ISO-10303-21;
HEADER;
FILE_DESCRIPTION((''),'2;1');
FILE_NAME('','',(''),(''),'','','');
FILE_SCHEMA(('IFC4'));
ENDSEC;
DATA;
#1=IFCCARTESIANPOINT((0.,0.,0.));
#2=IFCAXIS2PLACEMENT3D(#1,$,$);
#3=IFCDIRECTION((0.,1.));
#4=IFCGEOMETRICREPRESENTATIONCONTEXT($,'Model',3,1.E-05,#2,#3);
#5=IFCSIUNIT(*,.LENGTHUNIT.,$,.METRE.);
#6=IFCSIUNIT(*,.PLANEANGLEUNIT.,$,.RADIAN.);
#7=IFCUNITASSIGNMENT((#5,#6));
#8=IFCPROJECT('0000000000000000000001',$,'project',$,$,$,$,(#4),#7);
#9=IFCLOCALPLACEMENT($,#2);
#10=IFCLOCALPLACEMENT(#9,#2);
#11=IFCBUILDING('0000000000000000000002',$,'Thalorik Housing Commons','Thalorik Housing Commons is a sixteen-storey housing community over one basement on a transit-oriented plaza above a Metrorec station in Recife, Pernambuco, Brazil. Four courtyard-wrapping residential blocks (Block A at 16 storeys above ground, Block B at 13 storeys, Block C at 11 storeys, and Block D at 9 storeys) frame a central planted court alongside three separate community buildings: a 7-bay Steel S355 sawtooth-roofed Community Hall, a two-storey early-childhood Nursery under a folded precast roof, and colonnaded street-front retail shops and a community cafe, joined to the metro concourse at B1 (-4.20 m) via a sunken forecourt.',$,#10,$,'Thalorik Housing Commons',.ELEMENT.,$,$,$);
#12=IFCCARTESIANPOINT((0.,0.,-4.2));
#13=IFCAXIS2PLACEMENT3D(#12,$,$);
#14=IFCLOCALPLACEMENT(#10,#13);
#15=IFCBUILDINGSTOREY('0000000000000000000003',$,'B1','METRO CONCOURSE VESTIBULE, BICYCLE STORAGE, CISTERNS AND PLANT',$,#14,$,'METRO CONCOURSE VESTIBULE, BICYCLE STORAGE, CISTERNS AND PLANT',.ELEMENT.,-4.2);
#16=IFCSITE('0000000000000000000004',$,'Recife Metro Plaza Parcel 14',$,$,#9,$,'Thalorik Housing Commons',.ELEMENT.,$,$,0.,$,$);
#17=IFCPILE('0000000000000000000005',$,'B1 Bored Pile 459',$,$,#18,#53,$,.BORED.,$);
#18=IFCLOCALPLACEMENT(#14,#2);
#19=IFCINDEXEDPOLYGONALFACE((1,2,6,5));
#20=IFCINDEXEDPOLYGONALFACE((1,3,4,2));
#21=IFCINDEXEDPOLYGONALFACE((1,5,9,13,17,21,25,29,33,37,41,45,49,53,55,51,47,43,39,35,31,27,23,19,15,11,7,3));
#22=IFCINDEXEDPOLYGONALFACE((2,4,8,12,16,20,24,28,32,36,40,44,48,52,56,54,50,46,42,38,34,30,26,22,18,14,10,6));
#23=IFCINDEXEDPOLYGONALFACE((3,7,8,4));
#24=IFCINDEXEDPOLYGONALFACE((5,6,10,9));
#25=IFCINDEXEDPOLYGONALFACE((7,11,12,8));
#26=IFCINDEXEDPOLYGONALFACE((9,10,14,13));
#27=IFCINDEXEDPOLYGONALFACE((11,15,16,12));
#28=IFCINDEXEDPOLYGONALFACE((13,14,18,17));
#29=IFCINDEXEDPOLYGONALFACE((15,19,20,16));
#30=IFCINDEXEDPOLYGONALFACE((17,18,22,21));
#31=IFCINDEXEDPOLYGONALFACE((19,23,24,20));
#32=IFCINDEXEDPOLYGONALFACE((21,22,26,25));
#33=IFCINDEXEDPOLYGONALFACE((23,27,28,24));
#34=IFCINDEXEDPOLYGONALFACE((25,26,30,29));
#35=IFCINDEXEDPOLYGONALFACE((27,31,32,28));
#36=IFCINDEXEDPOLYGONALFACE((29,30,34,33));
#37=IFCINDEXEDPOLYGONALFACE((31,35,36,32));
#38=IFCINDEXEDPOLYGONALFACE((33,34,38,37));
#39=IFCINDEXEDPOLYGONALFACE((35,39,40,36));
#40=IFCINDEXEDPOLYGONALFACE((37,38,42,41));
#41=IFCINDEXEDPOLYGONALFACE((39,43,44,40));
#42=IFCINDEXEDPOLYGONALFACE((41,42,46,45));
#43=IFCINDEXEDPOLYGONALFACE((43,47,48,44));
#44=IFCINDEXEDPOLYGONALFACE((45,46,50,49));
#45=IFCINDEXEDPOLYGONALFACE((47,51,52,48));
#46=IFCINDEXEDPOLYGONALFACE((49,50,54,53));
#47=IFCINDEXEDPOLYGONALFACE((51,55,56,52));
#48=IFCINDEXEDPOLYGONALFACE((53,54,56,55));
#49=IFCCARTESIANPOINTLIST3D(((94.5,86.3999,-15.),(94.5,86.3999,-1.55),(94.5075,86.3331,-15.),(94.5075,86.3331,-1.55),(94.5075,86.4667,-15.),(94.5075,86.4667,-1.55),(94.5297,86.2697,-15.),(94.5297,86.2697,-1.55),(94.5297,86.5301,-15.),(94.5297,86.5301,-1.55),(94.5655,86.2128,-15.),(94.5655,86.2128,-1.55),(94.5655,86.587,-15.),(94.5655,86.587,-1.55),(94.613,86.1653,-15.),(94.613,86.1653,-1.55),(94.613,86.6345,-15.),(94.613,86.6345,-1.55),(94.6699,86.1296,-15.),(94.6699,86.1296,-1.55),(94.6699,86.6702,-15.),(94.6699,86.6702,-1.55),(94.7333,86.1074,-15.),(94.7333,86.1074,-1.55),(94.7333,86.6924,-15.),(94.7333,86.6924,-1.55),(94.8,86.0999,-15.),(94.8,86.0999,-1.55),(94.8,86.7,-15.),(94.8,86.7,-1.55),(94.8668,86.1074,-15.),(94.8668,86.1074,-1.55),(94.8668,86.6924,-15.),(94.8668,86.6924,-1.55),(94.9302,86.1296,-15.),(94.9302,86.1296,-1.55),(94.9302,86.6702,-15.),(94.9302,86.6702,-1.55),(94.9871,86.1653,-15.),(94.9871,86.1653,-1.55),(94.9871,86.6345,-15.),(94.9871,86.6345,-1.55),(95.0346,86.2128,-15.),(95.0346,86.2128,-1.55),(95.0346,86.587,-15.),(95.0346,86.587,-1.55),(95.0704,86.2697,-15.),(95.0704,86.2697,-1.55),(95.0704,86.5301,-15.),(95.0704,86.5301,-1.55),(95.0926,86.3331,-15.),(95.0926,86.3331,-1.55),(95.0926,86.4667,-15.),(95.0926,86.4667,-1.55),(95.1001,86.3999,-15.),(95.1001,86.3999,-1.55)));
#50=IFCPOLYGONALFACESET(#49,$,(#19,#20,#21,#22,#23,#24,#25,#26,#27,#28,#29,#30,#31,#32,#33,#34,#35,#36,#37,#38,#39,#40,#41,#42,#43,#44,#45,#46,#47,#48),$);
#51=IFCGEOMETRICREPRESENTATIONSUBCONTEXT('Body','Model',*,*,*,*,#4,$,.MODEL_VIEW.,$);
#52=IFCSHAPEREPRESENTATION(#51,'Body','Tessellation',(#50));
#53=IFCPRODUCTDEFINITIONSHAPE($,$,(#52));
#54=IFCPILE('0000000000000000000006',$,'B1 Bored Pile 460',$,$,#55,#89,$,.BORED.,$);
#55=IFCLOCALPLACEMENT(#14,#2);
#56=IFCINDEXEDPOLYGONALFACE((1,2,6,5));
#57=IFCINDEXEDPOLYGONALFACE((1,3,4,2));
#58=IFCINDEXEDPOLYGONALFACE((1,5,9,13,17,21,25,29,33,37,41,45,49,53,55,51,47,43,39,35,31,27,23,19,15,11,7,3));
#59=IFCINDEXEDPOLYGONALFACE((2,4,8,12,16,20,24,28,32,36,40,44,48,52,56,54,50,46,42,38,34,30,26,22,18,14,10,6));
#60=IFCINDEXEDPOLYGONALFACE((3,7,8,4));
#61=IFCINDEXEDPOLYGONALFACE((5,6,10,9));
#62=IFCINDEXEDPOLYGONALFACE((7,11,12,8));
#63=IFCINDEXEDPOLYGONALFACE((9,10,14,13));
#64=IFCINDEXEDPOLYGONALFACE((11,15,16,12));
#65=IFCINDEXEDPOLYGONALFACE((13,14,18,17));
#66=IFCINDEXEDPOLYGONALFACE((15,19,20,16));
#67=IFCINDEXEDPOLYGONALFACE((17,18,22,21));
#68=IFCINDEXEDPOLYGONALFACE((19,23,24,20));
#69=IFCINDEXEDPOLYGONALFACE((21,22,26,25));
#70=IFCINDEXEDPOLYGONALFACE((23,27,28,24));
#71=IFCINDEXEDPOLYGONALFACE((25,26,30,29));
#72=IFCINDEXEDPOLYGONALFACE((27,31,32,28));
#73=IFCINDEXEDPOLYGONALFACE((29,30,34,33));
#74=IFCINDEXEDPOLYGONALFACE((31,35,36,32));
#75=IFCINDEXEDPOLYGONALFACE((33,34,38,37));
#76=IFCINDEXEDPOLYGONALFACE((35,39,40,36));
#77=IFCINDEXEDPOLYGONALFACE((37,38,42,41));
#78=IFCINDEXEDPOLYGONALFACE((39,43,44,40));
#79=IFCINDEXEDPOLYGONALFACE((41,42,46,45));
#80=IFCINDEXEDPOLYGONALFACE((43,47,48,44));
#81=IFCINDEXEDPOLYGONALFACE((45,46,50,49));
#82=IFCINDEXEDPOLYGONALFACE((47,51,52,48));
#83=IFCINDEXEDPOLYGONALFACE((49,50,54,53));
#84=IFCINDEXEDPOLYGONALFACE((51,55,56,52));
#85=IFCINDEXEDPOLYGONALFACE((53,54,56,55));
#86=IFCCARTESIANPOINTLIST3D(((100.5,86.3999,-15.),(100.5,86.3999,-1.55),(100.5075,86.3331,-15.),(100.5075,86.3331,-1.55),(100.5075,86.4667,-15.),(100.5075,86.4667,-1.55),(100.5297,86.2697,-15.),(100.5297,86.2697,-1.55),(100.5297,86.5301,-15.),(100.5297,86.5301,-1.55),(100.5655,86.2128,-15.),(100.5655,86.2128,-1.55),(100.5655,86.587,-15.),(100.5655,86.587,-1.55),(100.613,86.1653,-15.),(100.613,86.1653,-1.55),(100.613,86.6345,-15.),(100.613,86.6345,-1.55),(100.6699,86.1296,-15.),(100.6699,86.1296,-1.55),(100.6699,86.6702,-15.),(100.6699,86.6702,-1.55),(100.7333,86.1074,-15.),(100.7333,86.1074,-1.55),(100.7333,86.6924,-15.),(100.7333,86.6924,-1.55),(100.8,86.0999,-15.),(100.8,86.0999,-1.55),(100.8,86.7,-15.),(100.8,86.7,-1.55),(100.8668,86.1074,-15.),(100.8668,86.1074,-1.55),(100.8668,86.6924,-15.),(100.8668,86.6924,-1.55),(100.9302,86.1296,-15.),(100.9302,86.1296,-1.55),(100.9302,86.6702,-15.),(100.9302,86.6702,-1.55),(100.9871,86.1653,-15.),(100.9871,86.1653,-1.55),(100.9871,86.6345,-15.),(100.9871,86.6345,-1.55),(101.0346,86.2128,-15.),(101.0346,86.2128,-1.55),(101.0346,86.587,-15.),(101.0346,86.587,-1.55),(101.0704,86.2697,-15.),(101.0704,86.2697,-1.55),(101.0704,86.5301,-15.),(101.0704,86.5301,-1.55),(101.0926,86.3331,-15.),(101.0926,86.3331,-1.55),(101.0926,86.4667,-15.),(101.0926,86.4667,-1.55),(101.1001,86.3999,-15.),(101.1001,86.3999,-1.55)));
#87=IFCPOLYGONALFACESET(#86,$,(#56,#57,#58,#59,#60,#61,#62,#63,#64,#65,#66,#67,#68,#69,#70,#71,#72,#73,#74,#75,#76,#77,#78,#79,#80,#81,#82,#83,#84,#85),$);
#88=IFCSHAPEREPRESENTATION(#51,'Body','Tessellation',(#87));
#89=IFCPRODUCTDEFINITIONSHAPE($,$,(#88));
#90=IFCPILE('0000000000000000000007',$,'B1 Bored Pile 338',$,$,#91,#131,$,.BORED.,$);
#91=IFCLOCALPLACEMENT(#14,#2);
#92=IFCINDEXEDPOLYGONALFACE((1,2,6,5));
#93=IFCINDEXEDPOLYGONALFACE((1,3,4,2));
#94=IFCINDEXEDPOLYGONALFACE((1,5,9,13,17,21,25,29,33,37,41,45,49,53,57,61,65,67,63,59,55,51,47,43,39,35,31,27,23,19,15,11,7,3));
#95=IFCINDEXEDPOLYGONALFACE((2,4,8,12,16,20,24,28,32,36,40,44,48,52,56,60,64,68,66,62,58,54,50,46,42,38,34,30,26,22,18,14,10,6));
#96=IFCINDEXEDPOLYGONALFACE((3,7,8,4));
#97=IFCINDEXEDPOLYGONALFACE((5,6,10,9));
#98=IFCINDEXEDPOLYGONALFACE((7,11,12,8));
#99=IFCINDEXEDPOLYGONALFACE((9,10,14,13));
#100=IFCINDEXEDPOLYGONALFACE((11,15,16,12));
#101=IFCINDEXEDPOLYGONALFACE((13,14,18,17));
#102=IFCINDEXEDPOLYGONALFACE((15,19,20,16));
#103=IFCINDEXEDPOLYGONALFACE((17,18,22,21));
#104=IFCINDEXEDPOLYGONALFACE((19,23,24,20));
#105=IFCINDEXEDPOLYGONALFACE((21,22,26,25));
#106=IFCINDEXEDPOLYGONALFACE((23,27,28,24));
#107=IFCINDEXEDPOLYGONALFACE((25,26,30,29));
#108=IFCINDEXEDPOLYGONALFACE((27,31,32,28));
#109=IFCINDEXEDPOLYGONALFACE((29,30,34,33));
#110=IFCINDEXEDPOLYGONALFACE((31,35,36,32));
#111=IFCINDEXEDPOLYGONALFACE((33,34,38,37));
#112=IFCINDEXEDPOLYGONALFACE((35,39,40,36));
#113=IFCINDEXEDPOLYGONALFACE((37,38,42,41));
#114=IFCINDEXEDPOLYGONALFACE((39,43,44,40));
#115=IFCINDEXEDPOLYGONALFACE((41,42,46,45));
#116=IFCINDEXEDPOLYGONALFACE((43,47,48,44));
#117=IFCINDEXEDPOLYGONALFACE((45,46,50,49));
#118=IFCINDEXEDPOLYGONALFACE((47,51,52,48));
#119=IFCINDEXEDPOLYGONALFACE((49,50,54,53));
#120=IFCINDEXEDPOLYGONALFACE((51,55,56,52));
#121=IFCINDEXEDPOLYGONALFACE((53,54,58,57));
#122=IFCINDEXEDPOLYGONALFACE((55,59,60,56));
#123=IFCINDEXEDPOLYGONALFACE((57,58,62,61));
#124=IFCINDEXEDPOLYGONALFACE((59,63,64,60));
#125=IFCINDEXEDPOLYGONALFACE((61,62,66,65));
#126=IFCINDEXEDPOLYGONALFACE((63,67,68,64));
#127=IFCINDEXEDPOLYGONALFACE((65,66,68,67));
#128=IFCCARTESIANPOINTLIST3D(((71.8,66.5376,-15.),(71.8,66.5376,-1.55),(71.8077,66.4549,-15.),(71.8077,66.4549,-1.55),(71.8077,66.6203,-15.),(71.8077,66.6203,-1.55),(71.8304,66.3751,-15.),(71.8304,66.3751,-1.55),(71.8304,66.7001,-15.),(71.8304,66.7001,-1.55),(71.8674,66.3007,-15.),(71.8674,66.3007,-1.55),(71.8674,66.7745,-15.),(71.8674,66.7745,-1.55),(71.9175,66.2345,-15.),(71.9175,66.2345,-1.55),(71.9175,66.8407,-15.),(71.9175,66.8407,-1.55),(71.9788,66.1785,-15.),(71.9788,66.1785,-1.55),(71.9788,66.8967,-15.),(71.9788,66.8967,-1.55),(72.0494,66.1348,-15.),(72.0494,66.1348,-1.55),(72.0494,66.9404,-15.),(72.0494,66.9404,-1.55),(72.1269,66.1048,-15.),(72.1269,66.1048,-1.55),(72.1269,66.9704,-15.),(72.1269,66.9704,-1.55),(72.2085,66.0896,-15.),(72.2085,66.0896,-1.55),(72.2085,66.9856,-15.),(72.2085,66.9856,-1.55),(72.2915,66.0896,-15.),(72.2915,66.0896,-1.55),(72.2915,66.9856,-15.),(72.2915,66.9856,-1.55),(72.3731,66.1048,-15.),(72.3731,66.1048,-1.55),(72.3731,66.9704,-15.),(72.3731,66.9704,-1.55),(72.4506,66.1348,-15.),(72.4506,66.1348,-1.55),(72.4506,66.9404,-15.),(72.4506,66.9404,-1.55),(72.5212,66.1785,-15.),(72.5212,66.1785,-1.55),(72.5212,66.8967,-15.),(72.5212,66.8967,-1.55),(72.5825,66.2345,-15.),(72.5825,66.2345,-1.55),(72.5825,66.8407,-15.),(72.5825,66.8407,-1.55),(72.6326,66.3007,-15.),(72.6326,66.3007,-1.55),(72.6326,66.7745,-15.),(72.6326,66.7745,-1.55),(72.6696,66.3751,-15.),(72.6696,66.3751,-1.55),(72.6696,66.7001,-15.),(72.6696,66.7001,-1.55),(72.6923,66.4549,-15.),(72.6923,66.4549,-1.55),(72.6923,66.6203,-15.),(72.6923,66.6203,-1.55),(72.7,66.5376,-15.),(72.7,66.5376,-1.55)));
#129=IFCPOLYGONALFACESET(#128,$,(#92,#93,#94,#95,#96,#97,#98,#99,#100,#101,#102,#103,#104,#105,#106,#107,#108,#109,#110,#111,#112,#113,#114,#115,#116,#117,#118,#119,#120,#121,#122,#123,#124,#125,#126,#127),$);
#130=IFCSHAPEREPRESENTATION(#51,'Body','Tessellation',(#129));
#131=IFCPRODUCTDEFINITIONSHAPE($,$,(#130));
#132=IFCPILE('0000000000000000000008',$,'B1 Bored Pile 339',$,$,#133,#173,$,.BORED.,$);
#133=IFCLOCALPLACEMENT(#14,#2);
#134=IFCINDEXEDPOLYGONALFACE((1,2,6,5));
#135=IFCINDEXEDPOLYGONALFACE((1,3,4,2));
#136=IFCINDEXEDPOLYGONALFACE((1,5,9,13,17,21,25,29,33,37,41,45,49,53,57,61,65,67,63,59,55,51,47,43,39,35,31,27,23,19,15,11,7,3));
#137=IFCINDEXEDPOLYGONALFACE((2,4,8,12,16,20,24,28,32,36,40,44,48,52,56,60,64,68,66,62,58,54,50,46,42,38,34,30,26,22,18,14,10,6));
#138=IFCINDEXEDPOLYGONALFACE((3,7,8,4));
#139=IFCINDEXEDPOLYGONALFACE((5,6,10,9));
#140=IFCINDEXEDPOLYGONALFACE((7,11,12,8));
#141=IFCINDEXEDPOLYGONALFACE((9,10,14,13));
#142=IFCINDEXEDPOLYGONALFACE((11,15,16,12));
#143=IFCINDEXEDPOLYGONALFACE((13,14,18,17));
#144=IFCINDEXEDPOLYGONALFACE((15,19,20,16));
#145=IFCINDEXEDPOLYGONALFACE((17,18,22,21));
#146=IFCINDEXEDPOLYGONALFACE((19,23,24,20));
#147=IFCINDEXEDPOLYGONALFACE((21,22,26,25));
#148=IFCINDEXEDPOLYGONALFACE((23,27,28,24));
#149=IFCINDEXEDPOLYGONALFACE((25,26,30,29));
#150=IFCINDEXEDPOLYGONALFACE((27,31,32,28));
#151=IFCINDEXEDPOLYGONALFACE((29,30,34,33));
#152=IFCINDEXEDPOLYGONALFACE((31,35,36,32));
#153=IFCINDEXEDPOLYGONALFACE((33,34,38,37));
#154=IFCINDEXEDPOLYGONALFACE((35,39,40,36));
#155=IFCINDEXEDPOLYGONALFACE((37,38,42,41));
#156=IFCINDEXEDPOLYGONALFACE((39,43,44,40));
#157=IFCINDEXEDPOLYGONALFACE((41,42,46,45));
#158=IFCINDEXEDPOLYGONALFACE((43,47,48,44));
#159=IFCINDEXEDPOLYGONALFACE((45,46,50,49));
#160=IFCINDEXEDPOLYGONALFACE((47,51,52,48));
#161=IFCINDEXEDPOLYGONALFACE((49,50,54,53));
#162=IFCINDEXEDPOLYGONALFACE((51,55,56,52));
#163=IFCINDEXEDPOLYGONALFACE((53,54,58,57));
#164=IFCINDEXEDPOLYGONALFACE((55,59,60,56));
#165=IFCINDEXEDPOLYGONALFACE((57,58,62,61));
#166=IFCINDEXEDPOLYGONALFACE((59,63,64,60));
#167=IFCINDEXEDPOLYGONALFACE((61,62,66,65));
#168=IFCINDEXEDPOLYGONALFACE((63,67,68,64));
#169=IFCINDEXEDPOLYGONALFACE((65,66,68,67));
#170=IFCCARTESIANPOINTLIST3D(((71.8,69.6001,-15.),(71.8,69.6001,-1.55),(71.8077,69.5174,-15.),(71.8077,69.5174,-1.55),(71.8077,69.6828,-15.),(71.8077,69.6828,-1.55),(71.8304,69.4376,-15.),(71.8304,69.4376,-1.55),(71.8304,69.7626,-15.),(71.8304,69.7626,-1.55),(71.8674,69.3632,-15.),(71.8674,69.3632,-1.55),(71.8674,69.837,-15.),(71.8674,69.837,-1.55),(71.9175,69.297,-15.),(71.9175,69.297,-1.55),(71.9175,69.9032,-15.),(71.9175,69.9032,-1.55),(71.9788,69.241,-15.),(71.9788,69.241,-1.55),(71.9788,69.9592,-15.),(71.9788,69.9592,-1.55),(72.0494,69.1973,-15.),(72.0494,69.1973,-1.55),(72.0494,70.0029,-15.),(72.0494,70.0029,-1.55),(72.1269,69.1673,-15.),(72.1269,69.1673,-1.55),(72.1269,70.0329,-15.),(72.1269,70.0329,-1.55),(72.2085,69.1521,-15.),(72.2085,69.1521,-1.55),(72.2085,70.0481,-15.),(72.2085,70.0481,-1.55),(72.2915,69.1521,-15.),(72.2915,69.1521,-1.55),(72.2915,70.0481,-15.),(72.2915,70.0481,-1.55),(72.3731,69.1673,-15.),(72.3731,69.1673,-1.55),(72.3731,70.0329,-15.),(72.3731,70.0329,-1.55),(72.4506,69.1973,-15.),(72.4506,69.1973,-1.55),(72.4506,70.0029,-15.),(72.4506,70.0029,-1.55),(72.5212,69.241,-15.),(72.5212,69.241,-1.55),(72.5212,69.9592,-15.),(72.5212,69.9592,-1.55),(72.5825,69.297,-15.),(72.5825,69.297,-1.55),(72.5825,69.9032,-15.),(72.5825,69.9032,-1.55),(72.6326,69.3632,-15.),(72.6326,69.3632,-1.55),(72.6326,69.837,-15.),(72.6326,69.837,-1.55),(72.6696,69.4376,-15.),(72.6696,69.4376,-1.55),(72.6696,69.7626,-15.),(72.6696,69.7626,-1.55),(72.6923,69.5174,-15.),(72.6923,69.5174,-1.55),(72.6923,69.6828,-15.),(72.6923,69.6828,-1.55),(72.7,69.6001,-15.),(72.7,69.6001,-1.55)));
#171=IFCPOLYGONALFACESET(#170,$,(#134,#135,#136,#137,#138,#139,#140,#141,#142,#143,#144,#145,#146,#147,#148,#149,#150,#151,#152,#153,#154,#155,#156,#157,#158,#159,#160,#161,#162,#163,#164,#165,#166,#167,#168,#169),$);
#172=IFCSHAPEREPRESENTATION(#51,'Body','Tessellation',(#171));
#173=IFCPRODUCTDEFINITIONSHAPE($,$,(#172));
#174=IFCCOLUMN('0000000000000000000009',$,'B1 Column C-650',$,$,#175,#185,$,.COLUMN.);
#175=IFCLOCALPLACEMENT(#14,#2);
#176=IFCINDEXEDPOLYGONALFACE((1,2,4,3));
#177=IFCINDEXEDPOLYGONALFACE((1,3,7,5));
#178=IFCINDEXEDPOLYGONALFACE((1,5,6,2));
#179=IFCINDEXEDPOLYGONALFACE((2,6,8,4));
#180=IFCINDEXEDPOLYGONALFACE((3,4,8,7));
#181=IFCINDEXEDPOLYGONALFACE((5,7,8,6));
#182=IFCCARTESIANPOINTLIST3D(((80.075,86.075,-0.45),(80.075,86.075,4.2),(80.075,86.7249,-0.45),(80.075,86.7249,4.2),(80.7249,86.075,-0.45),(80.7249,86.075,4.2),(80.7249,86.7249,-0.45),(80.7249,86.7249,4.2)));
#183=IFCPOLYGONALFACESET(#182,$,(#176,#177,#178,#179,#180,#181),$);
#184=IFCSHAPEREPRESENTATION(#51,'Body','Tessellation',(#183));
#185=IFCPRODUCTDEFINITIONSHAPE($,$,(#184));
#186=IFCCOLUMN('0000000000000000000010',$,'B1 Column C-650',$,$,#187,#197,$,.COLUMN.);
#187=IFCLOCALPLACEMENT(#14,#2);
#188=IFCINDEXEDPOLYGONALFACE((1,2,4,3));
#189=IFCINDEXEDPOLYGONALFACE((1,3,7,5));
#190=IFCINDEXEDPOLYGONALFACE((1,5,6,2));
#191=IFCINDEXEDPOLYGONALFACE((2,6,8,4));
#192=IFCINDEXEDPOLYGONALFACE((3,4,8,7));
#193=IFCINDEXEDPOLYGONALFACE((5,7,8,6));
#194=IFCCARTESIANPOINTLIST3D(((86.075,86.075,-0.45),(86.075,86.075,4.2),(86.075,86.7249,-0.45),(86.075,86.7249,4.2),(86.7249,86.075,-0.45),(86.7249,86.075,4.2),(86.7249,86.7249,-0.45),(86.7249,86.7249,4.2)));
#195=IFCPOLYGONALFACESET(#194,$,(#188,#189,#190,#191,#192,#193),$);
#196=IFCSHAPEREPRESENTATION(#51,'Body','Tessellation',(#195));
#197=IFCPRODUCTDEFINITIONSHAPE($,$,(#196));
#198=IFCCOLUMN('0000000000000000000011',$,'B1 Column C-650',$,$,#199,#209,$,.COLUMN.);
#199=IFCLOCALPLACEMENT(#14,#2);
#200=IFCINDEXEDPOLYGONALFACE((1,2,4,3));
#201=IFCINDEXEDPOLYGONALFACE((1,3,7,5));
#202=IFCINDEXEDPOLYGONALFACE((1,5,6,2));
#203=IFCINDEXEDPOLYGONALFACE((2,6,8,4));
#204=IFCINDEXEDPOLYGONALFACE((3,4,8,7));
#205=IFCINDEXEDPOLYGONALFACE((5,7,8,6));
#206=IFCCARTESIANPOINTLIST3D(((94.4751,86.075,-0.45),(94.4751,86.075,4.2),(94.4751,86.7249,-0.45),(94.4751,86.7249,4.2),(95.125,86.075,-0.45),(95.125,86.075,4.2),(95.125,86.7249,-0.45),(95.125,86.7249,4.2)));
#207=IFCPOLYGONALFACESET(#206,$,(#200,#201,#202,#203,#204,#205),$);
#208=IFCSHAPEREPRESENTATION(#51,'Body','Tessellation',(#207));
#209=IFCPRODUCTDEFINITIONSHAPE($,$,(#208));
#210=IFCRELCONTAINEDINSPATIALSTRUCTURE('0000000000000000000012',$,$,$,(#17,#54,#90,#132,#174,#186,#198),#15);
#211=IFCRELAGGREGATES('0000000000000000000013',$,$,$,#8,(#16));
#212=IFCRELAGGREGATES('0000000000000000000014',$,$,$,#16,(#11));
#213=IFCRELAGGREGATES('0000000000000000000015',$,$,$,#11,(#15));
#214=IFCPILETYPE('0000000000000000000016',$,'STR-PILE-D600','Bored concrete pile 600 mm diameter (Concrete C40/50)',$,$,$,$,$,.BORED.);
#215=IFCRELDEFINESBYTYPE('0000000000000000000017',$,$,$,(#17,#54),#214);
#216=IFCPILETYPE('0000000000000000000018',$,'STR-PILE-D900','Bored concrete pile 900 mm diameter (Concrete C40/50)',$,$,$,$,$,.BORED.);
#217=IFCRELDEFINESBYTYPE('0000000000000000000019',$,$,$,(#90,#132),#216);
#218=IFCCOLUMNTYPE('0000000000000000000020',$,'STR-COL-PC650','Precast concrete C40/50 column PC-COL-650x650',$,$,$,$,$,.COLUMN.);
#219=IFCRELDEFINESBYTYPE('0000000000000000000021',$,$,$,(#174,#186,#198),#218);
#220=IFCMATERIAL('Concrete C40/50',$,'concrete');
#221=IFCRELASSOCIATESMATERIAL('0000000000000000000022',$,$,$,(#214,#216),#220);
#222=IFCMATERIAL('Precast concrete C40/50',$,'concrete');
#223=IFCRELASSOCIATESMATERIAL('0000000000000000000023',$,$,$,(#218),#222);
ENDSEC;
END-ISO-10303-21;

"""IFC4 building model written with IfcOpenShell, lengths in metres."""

from ifc_helpers import new_model, si_unit, direction, frame, origin, origin_2d, place, context, subcontext, project, spatial, rectangle, circle, extrude, material, material_profile, profile_set, type_object, element, save


model = new_model("IFC4")

# Units and contexts
model_context = context("Model", 3, precision=1e-05, world=origin(), true_north=direction((0.0, 1.0)))
body_context = subcontext(model_context, "Body", "Model", "MODEL_VIEW")
ifc_project = project(units=[si_unit("LENGTHUNIT", "METRE"), si_unit("PLANEANGLEUNIT", "RADIAN")], contexts=[model_context])

# Site, building, storey
site_placement = place(None, origin())
site = spatial("IfcSite", under=ifc_project, at=site_placement, Name="Recife Metro Plaza Parcel 14", LongName="Thalorik Housing Commons", CompositionType="ELEMENT", RefElevation=0.0)
building_placement = place(site_placement, origin())
building = spatial("IfcBuilding", under=site, at=building_placement, Name="Thalorik Housing Commons", Description="Thalorik Housing Commons is a sixteen-storey housing community over one basement on a transit-oriented plaza above a Metrorec station in Recife, Pernambuco, Brazil. Four courtyard-wrapping residential blocks (Block A at 16 storeys above ground, Block B at 13 storeys, Block C at 11 storeys, and Block D at 9 storeys) frame a central planted court alongside three separate community buildings: a 7-bay Steel S355 sawtooth-roofed Community Hall, a two-storey early-childhood Nursery under a folded precast roof, and colonnaded street-front retail shops and a community cafe, joined to the metro concourse at B1 (-4.20 m) via a sunken forecourt.", LongName="Thalorik Housing Commons", CompositionType="ELEMENT")
storey_placement = place(building_placement, frame((0.0, 0.0, -4.2)))
storey = spatial("IfcBuildingStorey", under=building, at=storey_placement, Name="B1", Description="METRO CONCOURSE VESTIBULE, BICYCLE STORAGE, CISTERNS AND PLANT", LongName="METRO CONCOURSE VESTIBULE, BICYCLE STORAGE, CISTERNS AND PLANT", CompositionType="ELEMENT", Elevation=-4.2)

# Shared definitions
ifc_material_1 = material(Name="Concrete C40/50", Category="concrete")

# Piles
ifc_material_profile_1 = material_profile(ifc_material_1, circle(Radius=0.3, at=origin_2d()), Name="BORED PILE D600", Category="concrete")
ifc_profile_set_1 = profile_set([ifc_material_profile_1], Name="Concrete C40/50")
pile_type_1 = type_object("IfcPileType", Name="STR-PILE-D600", Description="Bored concrete pile 600 mm diameter (Concrete C40/50)", PredefinedType="BORED", material=ifc_profile_set_1)
for number, where, z_axis, x_axis, name in (
    (1, (94.8, 86.3999, -1.55), (0.0, 0.0, -1.0), (1.0, 0.0, 0.0), "B1 Bored Pile 459"),
    (2, (100.8, 86.3999, -1.55), (0.0, 0.0, -1.0), (1.0, 0.0, 0.0), "B1 Bored Pile 460"),
):
    element("IfcPile", number, at=place(storey_placement, frame(where, z_axis=z_axis, x_axis=x_axis)), inside=storey, type_object=pile_type_1, Name=name, PredefinedType="BORED", context=body_context, shape_type="SweptSolid", body=[
        extrude(circle(Radius=0.3, at=origin_2d()), origin(), (0.0, 0.0, 1.0), 13.45),
    ])
ifc_material_profile_2 = material_profile(ifc_material_1, circle(Radius=0.45, at=origin_2d()), Name="BORED PILE D900", Category="concrete")
ifc_profile_set_2 = profile_set([ifc_material_profile_2], Name="Concrete C40/50")
pile_type_2 = type_object("IfcPileType", Name="STR-PILE-D900", Description="Bored concrete pile 900 mm diameter (Concrete C40/50)", PredefinedType="BORED", material=ifc_profile_set_2)
for number, where, z_axis, x_axis, name in (
    (3, (72.25, 66.5376, -1.55), (0.0, 0.0, -1.0), (1.0, 0.0, 0.0), "B1 Bored Pile 338"),
    (4, (72.25, 69.6001, -1.55), (0.0, 0.0, -1.0), (1.0, 0.0, 0.0), "B1 Bored Pile 339"),
):
    element("IfcPile", number, at=place(storey_placement, frame(where, z_axis=z_axis, x_axis=x_axis)), inside=storey, type_object=pile_type_2, Name=name, PredefinedType="BORED", context=body_context, shape_type="SweptSolid", body=[
        extrude(circle(Radius=0.45, at=origin_2d()), origin(), (0.0, 0.0, 1.0), 13.45),
    ])

# Columns
ifc_material_2 = material(Name="Precast concrete C40/50", Category="concrete")
ifc_material_profile_3 = material_profile(ifc_material_2, rectangle(XDim=0.6499, YDim=0.6499, at=origin_2d()), Name="PC 650x650", Category="concrete")
ifc_profile_set_3 = profile_set([ifc_material_profile_3], Name="Precast concrete C40/50")
column_type = type_object("IfcColumnType", Name="STR-COL-PC650", Description="Precast concrete C40/50 column PC-COL-650x650", PredefinedType="COLUMN", material=ifc_profile_set_3)
for number, where, z_axis, x_axis, name in (
    (5, (80.3999, 86.3999, -0.45), (0.0, 0.0, 1.0), (1.0, 0.0, 0.0), "B1 Column C-650"),
    (6, (86.3999, 86.3999, -0.45), (0.0, 0.0, 1.0), (1.0, 0.0, 0.0), "B1 Column C-650"),
    (7, (94.8, 86.3999, -0.45), (0.0, 0.0, 1.0), (1.0, 0.0, 0.0), "B1 Column C-650"),
):
    element("IfcColumn", number, at=place(storey_placement, frame(where, z_axis=z_axis, x_axis=x_axis)), inside=storey, type_object=column_type, Name=name, PredefinedType="COLUMN", context=body_context, shape_type="SweptSolid", body=[
        extrude(rectangle(XDim=0.6499, YDim=0.6499, at=origin_2d()), origin(), (0.0, 0.0, 1.0), 4.6499),
    ])

save(model, "model.ifc")
